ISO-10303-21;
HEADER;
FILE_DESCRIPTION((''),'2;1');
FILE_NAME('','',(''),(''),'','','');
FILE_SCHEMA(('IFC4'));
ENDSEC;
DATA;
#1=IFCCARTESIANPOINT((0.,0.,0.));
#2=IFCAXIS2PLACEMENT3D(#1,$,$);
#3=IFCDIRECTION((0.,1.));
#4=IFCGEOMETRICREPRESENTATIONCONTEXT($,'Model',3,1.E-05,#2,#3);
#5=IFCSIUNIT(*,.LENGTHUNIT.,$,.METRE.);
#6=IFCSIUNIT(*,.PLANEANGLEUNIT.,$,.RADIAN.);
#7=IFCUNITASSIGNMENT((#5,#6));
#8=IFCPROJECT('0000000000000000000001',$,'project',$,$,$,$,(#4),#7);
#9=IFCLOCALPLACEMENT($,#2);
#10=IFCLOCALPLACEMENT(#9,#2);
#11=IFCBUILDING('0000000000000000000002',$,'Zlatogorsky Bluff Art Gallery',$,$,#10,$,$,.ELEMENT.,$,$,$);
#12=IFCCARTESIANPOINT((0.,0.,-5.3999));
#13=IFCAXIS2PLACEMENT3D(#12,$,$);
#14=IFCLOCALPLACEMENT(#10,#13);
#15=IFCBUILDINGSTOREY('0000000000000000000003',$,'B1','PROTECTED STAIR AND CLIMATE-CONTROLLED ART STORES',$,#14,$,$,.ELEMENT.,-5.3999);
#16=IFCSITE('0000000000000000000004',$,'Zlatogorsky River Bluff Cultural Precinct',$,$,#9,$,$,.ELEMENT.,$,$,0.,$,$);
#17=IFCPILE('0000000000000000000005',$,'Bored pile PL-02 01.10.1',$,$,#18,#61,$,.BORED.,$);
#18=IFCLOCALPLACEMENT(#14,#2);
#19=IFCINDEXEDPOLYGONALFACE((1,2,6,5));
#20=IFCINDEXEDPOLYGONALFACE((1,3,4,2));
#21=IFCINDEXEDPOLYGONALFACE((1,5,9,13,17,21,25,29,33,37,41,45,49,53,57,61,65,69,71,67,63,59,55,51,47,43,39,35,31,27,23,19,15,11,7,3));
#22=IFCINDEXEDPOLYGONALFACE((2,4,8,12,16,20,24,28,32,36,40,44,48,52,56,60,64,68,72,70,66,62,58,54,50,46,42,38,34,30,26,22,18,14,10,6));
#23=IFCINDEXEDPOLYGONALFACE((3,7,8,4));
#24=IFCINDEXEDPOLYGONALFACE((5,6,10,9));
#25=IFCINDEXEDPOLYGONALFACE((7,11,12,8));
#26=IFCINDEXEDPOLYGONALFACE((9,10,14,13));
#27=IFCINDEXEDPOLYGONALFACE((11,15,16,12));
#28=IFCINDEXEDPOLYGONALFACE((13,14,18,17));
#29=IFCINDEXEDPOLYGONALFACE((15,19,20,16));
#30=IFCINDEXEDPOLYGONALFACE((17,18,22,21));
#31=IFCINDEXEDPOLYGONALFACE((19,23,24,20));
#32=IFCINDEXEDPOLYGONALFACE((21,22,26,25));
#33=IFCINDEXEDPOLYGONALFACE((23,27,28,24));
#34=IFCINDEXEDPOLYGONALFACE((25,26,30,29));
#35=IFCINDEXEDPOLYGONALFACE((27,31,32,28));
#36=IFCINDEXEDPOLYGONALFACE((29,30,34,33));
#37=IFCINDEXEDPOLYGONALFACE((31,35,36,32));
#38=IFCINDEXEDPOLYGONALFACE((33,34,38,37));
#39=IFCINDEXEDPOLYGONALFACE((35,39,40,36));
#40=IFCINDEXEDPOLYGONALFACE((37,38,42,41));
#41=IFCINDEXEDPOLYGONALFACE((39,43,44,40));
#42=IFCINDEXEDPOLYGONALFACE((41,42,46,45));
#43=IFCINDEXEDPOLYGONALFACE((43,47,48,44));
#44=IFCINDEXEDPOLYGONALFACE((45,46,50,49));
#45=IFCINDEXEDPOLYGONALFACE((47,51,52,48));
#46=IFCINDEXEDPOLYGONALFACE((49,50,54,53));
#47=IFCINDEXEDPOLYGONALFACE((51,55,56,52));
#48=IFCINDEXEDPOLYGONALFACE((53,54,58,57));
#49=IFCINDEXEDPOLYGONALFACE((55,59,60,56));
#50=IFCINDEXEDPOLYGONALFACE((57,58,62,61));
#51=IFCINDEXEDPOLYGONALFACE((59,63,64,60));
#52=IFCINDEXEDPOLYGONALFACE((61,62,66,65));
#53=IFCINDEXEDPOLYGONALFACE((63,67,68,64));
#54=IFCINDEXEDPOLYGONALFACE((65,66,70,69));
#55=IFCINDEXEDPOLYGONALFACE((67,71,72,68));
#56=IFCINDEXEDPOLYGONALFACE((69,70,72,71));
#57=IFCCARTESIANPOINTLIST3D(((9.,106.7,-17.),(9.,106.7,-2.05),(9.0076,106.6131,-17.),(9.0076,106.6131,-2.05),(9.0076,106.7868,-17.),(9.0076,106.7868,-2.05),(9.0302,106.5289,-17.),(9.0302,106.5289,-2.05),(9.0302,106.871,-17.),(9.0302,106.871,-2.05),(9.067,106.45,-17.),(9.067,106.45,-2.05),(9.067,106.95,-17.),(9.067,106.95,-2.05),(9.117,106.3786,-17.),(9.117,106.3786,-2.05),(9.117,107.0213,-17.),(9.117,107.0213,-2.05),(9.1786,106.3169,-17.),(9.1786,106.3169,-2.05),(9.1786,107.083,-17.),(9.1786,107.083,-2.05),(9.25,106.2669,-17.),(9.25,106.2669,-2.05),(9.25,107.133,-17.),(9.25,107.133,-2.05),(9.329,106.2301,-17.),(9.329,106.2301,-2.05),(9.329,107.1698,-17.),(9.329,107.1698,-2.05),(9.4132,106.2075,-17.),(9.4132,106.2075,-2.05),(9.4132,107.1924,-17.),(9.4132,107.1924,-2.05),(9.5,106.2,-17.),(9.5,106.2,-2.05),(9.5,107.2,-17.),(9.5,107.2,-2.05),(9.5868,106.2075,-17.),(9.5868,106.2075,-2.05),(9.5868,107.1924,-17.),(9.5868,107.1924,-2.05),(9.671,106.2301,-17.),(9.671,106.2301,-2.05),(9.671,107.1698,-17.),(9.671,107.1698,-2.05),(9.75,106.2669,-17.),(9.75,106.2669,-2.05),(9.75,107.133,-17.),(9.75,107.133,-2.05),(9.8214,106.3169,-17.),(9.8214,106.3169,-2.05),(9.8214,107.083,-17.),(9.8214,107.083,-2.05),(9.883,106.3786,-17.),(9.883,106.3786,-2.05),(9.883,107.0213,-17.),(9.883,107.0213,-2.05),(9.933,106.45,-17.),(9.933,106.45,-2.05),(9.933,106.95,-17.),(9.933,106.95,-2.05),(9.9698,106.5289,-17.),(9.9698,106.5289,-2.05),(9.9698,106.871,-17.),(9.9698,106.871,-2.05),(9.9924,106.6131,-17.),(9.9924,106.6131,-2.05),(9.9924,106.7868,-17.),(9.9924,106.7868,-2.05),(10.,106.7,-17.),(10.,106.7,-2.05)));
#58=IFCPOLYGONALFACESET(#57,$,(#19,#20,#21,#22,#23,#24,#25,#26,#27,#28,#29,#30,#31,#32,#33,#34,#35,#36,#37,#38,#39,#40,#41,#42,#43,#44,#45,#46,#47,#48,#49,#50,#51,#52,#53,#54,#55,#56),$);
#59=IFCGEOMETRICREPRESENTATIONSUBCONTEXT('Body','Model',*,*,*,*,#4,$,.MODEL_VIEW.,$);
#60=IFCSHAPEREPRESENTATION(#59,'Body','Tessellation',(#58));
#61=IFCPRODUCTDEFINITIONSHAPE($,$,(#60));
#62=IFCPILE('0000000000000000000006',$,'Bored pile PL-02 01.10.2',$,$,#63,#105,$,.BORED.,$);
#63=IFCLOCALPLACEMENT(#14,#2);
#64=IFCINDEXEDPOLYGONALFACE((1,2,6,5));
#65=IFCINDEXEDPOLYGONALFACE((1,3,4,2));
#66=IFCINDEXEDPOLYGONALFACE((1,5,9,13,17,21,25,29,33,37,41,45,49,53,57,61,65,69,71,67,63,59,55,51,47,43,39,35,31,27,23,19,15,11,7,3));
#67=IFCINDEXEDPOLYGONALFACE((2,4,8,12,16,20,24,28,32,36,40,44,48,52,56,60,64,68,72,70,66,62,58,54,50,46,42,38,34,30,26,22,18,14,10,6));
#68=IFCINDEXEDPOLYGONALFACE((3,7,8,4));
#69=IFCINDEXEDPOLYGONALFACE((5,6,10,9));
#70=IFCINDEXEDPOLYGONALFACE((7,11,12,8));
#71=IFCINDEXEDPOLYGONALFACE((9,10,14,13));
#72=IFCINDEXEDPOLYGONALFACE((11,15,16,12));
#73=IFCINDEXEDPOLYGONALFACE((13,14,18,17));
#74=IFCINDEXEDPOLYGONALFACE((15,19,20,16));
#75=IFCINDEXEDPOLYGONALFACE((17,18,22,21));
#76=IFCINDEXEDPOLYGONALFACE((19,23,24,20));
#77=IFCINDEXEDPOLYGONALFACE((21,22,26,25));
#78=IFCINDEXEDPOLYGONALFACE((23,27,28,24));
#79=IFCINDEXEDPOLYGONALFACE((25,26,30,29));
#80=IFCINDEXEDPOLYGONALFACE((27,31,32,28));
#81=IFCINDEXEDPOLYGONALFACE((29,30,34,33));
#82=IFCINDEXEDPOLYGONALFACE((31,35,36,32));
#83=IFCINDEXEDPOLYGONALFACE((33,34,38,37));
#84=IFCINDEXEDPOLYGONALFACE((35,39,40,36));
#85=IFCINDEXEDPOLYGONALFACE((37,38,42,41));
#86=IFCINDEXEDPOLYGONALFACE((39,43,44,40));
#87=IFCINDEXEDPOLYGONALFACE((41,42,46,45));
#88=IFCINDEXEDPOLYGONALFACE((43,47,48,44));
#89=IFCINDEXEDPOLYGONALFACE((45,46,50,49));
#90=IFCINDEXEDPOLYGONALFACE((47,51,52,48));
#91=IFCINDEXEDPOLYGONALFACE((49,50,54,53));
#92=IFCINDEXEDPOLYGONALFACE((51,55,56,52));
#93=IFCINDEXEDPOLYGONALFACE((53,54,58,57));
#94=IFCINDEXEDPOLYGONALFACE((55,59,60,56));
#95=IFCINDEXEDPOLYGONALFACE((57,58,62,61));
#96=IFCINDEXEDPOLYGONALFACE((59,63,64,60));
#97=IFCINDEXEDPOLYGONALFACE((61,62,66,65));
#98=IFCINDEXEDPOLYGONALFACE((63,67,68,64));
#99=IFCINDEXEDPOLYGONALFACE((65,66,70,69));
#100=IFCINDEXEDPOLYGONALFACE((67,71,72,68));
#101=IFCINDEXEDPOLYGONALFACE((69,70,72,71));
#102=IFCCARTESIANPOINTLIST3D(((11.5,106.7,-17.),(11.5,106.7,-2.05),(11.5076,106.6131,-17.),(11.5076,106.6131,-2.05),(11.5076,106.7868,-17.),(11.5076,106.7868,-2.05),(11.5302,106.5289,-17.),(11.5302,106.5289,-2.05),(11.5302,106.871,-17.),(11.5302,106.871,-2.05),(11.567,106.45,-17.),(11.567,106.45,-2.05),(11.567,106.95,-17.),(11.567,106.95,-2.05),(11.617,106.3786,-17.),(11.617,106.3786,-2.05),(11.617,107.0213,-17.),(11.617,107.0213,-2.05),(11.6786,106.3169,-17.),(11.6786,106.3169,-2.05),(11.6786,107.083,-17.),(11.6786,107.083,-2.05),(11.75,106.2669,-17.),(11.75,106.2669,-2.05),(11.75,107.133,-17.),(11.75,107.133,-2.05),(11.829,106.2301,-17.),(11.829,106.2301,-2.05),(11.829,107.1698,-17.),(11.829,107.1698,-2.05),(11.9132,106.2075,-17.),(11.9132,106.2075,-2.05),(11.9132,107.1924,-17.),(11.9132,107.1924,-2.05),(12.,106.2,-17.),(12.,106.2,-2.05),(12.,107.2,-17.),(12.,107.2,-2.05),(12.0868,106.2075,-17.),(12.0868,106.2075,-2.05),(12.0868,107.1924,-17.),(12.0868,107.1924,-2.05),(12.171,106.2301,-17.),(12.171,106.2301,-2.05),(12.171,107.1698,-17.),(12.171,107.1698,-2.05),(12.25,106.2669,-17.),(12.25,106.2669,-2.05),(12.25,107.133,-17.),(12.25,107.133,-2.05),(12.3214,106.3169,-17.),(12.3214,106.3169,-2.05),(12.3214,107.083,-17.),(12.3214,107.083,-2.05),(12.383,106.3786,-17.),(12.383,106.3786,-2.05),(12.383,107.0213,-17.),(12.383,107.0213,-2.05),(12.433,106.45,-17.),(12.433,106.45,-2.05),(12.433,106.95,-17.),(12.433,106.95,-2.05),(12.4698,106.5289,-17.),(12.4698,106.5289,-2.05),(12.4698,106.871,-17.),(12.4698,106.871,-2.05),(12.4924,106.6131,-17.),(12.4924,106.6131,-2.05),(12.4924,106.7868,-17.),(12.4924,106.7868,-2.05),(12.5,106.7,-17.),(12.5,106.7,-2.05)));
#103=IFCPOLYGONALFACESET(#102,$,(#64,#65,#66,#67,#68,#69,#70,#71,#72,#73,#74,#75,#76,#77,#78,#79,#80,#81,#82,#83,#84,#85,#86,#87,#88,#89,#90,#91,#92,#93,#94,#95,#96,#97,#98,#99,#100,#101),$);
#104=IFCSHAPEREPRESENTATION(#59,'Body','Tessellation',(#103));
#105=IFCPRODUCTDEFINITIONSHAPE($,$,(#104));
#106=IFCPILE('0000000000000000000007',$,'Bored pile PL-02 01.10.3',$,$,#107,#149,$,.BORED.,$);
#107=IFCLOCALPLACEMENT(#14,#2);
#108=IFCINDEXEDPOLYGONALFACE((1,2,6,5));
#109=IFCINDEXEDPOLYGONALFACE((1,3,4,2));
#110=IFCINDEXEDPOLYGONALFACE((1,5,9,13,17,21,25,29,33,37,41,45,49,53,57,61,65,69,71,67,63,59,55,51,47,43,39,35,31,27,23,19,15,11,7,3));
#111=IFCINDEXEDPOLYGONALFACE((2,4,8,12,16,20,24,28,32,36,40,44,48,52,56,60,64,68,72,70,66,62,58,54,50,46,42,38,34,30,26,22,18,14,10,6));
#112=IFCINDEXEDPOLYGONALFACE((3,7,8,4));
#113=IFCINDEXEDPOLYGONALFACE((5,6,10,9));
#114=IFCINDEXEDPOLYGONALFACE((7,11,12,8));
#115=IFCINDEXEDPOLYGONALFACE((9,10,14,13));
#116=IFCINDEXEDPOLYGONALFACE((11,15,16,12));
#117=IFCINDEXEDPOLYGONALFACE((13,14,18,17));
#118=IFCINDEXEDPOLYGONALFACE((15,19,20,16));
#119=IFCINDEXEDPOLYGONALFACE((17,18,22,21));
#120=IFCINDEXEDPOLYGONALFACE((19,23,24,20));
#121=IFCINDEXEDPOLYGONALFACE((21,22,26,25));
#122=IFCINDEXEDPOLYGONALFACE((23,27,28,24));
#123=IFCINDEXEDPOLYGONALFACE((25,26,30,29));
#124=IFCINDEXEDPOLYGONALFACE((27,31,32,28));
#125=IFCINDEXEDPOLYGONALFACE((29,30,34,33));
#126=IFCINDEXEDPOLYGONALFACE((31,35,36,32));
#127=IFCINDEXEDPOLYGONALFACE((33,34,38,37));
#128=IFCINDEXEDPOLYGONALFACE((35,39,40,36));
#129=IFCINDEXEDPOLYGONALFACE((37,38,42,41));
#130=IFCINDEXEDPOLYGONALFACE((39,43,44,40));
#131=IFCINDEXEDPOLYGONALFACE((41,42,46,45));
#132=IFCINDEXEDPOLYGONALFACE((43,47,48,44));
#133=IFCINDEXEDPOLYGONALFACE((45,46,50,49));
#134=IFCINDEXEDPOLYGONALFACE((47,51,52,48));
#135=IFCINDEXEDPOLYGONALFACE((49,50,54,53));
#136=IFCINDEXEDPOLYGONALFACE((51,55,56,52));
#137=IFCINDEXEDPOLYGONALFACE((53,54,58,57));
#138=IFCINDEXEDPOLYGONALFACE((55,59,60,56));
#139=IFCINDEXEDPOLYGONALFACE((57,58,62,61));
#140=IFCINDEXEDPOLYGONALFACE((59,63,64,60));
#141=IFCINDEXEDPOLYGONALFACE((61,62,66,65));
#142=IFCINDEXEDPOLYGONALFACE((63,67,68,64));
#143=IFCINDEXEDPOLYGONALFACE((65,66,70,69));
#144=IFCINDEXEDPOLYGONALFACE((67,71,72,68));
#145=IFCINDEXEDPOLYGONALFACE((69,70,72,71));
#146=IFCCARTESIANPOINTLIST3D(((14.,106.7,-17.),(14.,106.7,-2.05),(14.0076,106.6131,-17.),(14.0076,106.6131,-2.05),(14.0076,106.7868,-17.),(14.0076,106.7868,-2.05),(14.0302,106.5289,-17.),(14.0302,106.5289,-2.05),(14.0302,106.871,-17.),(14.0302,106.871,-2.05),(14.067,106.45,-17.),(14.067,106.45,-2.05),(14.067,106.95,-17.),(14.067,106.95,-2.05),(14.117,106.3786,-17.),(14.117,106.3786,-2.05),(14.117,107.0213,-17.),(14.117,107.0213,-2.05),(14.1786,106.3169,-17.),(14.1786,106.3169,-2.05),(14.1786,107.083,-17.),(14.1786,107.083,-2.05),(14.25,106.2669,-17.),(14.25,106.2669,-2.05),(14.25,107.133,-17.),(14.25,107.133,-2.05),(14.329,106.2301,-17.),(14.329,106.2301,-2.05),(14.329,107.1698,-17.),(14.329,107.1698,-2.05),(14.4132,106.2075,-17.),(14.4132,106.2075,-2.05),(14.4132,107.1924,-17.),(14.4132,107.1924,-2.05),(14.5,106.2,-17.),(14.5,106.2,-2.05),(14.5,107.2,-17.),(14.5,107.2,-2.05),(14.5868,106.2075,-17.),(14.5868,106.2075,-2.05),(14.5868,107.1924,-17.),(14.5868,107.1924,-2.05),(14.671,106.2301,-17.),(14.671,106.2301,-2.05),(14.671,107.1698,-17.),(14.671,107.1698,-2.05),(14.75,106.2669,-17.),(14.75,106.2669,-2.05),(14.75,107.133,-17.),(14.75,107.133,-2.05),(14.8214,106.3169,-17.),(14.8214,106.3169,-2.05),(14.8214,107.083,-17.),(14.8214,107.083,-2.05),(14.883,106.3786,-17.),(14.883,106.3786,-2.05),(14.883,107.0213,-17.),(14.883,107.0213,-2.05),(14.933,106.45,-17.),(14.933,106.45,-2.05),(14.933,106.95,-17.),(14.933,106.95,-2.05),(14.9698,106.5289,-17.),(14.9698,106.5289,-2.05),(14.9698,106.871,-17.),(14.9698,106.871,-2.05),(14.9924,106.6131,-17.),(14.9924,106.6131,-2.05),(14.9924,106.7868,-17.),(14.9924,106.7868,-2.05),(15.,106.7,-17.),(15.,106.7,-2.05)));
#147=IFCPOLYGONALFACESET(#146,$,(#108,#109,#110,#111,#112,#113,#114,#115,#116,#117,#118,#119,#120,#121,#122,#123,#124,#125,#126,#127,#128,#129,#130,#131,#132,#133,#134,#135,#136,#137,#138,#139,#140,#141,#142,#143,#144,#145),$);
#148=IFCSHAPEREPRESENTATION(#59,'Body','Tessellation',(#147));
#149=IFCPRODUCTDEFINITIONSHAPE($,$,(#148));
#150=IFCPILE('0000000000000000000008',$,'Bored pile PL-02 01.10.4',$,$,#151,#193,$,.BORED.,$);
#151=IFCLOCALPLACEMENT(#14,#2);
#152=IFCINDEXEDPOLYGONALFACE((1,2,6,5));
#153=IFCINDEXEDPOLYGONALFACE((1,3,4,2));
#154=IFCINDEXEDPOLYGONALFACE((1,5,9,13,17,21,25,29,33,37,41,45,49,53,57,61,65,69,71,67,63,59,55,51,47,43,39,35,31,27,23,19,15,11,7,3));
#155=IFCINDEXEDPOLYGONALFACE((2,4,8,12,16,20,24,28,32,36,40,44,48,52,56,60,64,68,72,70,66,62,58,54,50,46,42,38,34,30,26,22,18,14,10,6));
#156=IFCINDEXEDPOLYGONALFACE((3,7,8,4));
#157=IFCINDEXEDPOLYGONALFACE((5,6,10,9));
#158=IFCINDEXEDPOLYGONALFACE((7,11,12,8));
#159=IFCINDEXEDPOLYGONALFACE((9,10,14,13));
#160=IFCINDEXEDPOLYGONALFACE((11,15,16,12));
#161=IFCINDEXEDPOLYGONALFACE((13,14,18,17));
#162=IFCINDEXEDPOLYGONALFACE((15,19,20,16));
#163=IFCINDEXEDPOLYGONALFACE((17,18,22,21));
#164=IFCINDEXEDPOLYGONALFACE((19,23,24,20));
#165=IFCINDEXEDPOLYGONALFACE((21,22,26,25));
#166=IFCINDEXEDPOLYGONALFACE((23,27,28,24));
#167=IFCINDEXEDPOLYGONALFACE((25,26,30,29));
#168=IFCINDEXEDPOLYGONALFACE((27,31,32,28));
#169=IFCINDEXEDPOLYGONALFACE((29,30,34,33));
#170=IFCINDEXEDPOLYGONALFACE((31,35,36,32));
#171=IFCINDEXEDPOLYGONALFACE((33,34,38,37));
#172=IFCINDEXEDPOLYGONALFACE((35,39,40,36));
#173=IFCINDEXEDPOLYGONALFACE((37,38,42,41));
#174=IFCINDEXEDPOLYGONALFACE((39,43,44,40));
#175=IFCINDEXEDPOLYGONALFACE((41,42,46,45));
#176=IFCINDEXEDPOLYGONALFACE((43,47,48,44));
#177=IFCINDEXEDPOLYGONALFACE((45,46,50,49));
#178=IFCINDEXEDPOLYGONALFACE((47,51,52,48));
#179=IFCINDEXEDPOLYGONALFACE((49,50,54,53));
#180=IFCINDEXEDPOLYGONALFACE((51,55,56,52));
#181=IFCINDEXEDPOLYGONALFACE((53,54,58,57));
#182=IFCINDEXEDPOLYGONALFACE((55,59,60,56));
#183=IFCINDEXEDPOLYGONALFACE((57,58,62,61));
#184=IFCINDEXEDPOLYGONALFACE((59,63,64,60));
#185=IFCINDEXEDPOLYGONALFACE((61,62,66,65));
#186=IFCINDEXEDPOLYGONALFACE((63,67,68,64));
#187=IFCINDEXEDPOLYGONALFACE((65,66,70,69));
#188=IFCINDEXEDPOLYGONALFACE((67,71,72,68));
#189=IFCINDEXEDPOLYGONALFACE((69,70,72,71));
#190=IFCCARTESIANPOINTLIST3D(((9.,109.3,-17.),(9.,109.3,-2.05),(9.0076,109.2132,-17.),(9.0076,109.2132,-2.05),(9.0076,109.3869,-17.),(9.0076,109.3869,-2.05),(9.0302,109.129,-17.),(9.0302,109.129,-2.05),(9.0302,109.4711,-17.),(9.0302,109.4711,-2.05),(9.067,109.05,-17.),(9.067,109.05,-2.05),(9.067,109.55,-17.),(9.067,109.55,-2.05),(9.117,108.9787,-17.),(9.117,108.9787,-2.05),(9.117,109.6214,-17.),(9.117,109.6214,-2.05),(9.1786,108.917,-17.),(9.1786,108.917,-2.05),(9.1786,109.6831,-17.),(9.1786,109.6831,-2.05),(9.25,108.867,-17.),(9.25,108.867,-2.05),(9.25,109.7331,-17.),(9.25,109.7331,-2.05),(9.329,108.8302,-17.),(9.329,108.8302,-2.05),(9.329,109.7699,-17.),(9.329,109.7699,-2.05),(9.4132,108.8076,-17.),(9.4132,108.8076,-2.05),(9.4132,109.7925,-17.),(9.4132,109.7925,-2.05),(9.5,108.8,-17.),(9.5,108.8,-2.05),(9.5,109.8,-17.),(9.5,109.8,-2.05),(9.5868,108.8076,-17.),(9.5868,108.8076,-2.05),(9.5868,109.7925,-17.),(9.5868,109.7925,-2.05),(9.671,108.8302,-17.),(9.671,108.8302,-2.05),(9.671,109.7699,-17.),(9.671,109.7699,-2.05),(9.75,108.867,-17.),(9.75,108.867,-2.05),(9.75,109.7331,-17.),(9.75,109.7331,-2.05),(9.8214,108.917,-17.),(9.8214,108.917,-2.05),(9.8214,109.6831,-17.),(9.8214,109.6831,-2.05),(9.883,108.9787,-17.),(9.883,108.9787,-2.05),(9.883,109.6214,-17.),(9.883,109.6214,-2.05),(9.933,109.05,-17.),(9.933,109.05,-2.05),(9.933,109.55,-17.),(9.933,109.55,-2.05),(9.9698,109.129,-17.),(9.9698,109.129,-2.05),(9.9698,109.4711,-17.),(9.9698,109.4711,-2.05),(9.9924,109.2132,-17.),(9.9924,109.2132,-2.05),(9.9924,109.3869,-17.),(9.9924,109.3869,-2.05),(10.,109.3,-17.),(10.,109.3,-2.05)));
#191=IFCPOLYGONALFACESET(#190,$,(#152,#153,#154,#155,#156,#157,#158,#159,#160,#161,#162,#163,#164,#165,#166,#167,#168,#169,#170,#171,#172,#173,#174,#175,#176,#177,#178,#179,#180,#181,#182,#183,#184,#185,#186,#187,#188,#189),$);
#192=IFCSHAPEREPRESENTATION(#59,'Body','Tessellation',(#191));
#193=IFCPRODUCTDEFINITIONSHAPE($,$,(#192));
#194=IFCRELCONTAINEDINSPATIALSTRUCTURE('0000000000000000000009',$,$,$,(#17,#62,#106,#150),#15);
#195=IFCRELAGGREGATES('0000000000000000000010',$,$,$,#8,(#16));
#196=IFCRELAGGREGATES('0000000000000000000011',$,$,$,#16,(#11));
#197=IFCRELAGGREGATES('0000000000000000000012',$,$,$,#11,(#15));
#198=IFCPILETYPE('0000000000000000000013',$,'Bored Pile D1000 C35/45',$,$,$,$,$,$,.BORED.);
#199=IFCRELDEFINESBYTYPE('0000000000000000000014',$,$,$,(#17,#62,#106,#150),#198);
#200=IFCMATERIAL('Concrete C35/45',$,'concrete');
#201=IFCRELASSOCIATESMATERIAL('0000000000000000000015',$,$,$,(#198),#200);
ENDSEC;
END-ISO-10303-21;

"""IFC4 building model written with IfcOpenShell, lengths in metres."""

from ifc_helpers import new_model, si_unit, direction, frame, origin, origin_2d, place, context, subcontext, project, spatial, circle, extrude, material, material_profile, profile_set, type_object, element, save


model = new_model("IFC4")

# Units and contexts
model_context = context("Model", 3, precision=1e-05, world=origin(), true_north=direction((0.0, 1.0)))
body_context = subcontext(model_context, "Body", "Model", "MODEL_VIEW")
ifc_project = project(units=[si_unit("LENGTHUNIT", "METRE"), si_unit("PLANEANGLEUNIT", "RADIAN")], contexts=[model_context])

# Site, building, storey
site_placement = place(None, origin())
site = spatial("IfcSite", under=ifc_project, at=site_placement, Name="Zlatogorsky River Bluff Cultural Precinct", CompositionType="ELEMENT", RefElevation=0.0)
building_placement = place(site_placement, origin())
building = spatial("IfcBuilding", under=site, at=building_placement, Name="Zlatogorsky Bluff Art Gallery", CompositionType="ELEMENT")
storey_placement = place(building_placement, frame((0.0, 0.0, -5.3999)))
storey = spatial("IfcBuildingStorey", under=building, at=storey_placement, Name="B1", Description="PROTECTED STAIR AND CLIMATE-CONTROLLED ART STORES", CompositionType="ELEMENT", Elevation=-5.3999)

# Piles
ifc_material_1 = material(Name="Concrete C35/45", Category="concrete")
ifc_material_profile_1 = material_profile(ifc_material_1, circle(Radius=0.5, at=origin_2d()), Name="BORED PILE D1000")
ifc_profile_set_1 = profile_set([ifc_material_profile_1], Name="Concrete C35/45")
pile_type = type_object("IfcPileType", Name="Bored Pile D1000 C35/45", PredefinedType="BORED", material=ifc_profile_set_1)
for number, where, z_axis, x_axis, name in (
    (1, (9.5, 106.7, -2.05), (0.0, 0.0, -1.0), (1.0, 0.0, 0.0), "Bored pile PL-02 01.10.1"),
    (2, (12.0, 106.7, -2.05), (0.0, 0.0, -1.0), (1.0, 0.0, 0.0), "Bored pile PL-02 01.10.2"),
    (3, (14.5, 106.7, -2.05), (0.0, 0.0, -1.0), (1.0, 0.0, 0.0), "Bored pile PL-02 01.10.3"),
    (4, (9.5, 109.3, -2.05), (0.0, 0.0, -1.0), (1.0, 0.0, 0.0), "Bored pile PL-02 01.10.4"),
):
    element("IfcPile", number, at=place(storey_placement, frame(where, z_axis=z_axis, x_axis=x_axis)), inside=storey, type_object=pile_type, Name=name, PredefinedType="BORED", context=body_context, shape_type="SweptSolid", body=[
        extrude(circle(Radius=0.5, at=origin_2d()), origin(), (0.0, 0.0, 1.0), 14.95),
    ])

save(model, "model.ifc")
